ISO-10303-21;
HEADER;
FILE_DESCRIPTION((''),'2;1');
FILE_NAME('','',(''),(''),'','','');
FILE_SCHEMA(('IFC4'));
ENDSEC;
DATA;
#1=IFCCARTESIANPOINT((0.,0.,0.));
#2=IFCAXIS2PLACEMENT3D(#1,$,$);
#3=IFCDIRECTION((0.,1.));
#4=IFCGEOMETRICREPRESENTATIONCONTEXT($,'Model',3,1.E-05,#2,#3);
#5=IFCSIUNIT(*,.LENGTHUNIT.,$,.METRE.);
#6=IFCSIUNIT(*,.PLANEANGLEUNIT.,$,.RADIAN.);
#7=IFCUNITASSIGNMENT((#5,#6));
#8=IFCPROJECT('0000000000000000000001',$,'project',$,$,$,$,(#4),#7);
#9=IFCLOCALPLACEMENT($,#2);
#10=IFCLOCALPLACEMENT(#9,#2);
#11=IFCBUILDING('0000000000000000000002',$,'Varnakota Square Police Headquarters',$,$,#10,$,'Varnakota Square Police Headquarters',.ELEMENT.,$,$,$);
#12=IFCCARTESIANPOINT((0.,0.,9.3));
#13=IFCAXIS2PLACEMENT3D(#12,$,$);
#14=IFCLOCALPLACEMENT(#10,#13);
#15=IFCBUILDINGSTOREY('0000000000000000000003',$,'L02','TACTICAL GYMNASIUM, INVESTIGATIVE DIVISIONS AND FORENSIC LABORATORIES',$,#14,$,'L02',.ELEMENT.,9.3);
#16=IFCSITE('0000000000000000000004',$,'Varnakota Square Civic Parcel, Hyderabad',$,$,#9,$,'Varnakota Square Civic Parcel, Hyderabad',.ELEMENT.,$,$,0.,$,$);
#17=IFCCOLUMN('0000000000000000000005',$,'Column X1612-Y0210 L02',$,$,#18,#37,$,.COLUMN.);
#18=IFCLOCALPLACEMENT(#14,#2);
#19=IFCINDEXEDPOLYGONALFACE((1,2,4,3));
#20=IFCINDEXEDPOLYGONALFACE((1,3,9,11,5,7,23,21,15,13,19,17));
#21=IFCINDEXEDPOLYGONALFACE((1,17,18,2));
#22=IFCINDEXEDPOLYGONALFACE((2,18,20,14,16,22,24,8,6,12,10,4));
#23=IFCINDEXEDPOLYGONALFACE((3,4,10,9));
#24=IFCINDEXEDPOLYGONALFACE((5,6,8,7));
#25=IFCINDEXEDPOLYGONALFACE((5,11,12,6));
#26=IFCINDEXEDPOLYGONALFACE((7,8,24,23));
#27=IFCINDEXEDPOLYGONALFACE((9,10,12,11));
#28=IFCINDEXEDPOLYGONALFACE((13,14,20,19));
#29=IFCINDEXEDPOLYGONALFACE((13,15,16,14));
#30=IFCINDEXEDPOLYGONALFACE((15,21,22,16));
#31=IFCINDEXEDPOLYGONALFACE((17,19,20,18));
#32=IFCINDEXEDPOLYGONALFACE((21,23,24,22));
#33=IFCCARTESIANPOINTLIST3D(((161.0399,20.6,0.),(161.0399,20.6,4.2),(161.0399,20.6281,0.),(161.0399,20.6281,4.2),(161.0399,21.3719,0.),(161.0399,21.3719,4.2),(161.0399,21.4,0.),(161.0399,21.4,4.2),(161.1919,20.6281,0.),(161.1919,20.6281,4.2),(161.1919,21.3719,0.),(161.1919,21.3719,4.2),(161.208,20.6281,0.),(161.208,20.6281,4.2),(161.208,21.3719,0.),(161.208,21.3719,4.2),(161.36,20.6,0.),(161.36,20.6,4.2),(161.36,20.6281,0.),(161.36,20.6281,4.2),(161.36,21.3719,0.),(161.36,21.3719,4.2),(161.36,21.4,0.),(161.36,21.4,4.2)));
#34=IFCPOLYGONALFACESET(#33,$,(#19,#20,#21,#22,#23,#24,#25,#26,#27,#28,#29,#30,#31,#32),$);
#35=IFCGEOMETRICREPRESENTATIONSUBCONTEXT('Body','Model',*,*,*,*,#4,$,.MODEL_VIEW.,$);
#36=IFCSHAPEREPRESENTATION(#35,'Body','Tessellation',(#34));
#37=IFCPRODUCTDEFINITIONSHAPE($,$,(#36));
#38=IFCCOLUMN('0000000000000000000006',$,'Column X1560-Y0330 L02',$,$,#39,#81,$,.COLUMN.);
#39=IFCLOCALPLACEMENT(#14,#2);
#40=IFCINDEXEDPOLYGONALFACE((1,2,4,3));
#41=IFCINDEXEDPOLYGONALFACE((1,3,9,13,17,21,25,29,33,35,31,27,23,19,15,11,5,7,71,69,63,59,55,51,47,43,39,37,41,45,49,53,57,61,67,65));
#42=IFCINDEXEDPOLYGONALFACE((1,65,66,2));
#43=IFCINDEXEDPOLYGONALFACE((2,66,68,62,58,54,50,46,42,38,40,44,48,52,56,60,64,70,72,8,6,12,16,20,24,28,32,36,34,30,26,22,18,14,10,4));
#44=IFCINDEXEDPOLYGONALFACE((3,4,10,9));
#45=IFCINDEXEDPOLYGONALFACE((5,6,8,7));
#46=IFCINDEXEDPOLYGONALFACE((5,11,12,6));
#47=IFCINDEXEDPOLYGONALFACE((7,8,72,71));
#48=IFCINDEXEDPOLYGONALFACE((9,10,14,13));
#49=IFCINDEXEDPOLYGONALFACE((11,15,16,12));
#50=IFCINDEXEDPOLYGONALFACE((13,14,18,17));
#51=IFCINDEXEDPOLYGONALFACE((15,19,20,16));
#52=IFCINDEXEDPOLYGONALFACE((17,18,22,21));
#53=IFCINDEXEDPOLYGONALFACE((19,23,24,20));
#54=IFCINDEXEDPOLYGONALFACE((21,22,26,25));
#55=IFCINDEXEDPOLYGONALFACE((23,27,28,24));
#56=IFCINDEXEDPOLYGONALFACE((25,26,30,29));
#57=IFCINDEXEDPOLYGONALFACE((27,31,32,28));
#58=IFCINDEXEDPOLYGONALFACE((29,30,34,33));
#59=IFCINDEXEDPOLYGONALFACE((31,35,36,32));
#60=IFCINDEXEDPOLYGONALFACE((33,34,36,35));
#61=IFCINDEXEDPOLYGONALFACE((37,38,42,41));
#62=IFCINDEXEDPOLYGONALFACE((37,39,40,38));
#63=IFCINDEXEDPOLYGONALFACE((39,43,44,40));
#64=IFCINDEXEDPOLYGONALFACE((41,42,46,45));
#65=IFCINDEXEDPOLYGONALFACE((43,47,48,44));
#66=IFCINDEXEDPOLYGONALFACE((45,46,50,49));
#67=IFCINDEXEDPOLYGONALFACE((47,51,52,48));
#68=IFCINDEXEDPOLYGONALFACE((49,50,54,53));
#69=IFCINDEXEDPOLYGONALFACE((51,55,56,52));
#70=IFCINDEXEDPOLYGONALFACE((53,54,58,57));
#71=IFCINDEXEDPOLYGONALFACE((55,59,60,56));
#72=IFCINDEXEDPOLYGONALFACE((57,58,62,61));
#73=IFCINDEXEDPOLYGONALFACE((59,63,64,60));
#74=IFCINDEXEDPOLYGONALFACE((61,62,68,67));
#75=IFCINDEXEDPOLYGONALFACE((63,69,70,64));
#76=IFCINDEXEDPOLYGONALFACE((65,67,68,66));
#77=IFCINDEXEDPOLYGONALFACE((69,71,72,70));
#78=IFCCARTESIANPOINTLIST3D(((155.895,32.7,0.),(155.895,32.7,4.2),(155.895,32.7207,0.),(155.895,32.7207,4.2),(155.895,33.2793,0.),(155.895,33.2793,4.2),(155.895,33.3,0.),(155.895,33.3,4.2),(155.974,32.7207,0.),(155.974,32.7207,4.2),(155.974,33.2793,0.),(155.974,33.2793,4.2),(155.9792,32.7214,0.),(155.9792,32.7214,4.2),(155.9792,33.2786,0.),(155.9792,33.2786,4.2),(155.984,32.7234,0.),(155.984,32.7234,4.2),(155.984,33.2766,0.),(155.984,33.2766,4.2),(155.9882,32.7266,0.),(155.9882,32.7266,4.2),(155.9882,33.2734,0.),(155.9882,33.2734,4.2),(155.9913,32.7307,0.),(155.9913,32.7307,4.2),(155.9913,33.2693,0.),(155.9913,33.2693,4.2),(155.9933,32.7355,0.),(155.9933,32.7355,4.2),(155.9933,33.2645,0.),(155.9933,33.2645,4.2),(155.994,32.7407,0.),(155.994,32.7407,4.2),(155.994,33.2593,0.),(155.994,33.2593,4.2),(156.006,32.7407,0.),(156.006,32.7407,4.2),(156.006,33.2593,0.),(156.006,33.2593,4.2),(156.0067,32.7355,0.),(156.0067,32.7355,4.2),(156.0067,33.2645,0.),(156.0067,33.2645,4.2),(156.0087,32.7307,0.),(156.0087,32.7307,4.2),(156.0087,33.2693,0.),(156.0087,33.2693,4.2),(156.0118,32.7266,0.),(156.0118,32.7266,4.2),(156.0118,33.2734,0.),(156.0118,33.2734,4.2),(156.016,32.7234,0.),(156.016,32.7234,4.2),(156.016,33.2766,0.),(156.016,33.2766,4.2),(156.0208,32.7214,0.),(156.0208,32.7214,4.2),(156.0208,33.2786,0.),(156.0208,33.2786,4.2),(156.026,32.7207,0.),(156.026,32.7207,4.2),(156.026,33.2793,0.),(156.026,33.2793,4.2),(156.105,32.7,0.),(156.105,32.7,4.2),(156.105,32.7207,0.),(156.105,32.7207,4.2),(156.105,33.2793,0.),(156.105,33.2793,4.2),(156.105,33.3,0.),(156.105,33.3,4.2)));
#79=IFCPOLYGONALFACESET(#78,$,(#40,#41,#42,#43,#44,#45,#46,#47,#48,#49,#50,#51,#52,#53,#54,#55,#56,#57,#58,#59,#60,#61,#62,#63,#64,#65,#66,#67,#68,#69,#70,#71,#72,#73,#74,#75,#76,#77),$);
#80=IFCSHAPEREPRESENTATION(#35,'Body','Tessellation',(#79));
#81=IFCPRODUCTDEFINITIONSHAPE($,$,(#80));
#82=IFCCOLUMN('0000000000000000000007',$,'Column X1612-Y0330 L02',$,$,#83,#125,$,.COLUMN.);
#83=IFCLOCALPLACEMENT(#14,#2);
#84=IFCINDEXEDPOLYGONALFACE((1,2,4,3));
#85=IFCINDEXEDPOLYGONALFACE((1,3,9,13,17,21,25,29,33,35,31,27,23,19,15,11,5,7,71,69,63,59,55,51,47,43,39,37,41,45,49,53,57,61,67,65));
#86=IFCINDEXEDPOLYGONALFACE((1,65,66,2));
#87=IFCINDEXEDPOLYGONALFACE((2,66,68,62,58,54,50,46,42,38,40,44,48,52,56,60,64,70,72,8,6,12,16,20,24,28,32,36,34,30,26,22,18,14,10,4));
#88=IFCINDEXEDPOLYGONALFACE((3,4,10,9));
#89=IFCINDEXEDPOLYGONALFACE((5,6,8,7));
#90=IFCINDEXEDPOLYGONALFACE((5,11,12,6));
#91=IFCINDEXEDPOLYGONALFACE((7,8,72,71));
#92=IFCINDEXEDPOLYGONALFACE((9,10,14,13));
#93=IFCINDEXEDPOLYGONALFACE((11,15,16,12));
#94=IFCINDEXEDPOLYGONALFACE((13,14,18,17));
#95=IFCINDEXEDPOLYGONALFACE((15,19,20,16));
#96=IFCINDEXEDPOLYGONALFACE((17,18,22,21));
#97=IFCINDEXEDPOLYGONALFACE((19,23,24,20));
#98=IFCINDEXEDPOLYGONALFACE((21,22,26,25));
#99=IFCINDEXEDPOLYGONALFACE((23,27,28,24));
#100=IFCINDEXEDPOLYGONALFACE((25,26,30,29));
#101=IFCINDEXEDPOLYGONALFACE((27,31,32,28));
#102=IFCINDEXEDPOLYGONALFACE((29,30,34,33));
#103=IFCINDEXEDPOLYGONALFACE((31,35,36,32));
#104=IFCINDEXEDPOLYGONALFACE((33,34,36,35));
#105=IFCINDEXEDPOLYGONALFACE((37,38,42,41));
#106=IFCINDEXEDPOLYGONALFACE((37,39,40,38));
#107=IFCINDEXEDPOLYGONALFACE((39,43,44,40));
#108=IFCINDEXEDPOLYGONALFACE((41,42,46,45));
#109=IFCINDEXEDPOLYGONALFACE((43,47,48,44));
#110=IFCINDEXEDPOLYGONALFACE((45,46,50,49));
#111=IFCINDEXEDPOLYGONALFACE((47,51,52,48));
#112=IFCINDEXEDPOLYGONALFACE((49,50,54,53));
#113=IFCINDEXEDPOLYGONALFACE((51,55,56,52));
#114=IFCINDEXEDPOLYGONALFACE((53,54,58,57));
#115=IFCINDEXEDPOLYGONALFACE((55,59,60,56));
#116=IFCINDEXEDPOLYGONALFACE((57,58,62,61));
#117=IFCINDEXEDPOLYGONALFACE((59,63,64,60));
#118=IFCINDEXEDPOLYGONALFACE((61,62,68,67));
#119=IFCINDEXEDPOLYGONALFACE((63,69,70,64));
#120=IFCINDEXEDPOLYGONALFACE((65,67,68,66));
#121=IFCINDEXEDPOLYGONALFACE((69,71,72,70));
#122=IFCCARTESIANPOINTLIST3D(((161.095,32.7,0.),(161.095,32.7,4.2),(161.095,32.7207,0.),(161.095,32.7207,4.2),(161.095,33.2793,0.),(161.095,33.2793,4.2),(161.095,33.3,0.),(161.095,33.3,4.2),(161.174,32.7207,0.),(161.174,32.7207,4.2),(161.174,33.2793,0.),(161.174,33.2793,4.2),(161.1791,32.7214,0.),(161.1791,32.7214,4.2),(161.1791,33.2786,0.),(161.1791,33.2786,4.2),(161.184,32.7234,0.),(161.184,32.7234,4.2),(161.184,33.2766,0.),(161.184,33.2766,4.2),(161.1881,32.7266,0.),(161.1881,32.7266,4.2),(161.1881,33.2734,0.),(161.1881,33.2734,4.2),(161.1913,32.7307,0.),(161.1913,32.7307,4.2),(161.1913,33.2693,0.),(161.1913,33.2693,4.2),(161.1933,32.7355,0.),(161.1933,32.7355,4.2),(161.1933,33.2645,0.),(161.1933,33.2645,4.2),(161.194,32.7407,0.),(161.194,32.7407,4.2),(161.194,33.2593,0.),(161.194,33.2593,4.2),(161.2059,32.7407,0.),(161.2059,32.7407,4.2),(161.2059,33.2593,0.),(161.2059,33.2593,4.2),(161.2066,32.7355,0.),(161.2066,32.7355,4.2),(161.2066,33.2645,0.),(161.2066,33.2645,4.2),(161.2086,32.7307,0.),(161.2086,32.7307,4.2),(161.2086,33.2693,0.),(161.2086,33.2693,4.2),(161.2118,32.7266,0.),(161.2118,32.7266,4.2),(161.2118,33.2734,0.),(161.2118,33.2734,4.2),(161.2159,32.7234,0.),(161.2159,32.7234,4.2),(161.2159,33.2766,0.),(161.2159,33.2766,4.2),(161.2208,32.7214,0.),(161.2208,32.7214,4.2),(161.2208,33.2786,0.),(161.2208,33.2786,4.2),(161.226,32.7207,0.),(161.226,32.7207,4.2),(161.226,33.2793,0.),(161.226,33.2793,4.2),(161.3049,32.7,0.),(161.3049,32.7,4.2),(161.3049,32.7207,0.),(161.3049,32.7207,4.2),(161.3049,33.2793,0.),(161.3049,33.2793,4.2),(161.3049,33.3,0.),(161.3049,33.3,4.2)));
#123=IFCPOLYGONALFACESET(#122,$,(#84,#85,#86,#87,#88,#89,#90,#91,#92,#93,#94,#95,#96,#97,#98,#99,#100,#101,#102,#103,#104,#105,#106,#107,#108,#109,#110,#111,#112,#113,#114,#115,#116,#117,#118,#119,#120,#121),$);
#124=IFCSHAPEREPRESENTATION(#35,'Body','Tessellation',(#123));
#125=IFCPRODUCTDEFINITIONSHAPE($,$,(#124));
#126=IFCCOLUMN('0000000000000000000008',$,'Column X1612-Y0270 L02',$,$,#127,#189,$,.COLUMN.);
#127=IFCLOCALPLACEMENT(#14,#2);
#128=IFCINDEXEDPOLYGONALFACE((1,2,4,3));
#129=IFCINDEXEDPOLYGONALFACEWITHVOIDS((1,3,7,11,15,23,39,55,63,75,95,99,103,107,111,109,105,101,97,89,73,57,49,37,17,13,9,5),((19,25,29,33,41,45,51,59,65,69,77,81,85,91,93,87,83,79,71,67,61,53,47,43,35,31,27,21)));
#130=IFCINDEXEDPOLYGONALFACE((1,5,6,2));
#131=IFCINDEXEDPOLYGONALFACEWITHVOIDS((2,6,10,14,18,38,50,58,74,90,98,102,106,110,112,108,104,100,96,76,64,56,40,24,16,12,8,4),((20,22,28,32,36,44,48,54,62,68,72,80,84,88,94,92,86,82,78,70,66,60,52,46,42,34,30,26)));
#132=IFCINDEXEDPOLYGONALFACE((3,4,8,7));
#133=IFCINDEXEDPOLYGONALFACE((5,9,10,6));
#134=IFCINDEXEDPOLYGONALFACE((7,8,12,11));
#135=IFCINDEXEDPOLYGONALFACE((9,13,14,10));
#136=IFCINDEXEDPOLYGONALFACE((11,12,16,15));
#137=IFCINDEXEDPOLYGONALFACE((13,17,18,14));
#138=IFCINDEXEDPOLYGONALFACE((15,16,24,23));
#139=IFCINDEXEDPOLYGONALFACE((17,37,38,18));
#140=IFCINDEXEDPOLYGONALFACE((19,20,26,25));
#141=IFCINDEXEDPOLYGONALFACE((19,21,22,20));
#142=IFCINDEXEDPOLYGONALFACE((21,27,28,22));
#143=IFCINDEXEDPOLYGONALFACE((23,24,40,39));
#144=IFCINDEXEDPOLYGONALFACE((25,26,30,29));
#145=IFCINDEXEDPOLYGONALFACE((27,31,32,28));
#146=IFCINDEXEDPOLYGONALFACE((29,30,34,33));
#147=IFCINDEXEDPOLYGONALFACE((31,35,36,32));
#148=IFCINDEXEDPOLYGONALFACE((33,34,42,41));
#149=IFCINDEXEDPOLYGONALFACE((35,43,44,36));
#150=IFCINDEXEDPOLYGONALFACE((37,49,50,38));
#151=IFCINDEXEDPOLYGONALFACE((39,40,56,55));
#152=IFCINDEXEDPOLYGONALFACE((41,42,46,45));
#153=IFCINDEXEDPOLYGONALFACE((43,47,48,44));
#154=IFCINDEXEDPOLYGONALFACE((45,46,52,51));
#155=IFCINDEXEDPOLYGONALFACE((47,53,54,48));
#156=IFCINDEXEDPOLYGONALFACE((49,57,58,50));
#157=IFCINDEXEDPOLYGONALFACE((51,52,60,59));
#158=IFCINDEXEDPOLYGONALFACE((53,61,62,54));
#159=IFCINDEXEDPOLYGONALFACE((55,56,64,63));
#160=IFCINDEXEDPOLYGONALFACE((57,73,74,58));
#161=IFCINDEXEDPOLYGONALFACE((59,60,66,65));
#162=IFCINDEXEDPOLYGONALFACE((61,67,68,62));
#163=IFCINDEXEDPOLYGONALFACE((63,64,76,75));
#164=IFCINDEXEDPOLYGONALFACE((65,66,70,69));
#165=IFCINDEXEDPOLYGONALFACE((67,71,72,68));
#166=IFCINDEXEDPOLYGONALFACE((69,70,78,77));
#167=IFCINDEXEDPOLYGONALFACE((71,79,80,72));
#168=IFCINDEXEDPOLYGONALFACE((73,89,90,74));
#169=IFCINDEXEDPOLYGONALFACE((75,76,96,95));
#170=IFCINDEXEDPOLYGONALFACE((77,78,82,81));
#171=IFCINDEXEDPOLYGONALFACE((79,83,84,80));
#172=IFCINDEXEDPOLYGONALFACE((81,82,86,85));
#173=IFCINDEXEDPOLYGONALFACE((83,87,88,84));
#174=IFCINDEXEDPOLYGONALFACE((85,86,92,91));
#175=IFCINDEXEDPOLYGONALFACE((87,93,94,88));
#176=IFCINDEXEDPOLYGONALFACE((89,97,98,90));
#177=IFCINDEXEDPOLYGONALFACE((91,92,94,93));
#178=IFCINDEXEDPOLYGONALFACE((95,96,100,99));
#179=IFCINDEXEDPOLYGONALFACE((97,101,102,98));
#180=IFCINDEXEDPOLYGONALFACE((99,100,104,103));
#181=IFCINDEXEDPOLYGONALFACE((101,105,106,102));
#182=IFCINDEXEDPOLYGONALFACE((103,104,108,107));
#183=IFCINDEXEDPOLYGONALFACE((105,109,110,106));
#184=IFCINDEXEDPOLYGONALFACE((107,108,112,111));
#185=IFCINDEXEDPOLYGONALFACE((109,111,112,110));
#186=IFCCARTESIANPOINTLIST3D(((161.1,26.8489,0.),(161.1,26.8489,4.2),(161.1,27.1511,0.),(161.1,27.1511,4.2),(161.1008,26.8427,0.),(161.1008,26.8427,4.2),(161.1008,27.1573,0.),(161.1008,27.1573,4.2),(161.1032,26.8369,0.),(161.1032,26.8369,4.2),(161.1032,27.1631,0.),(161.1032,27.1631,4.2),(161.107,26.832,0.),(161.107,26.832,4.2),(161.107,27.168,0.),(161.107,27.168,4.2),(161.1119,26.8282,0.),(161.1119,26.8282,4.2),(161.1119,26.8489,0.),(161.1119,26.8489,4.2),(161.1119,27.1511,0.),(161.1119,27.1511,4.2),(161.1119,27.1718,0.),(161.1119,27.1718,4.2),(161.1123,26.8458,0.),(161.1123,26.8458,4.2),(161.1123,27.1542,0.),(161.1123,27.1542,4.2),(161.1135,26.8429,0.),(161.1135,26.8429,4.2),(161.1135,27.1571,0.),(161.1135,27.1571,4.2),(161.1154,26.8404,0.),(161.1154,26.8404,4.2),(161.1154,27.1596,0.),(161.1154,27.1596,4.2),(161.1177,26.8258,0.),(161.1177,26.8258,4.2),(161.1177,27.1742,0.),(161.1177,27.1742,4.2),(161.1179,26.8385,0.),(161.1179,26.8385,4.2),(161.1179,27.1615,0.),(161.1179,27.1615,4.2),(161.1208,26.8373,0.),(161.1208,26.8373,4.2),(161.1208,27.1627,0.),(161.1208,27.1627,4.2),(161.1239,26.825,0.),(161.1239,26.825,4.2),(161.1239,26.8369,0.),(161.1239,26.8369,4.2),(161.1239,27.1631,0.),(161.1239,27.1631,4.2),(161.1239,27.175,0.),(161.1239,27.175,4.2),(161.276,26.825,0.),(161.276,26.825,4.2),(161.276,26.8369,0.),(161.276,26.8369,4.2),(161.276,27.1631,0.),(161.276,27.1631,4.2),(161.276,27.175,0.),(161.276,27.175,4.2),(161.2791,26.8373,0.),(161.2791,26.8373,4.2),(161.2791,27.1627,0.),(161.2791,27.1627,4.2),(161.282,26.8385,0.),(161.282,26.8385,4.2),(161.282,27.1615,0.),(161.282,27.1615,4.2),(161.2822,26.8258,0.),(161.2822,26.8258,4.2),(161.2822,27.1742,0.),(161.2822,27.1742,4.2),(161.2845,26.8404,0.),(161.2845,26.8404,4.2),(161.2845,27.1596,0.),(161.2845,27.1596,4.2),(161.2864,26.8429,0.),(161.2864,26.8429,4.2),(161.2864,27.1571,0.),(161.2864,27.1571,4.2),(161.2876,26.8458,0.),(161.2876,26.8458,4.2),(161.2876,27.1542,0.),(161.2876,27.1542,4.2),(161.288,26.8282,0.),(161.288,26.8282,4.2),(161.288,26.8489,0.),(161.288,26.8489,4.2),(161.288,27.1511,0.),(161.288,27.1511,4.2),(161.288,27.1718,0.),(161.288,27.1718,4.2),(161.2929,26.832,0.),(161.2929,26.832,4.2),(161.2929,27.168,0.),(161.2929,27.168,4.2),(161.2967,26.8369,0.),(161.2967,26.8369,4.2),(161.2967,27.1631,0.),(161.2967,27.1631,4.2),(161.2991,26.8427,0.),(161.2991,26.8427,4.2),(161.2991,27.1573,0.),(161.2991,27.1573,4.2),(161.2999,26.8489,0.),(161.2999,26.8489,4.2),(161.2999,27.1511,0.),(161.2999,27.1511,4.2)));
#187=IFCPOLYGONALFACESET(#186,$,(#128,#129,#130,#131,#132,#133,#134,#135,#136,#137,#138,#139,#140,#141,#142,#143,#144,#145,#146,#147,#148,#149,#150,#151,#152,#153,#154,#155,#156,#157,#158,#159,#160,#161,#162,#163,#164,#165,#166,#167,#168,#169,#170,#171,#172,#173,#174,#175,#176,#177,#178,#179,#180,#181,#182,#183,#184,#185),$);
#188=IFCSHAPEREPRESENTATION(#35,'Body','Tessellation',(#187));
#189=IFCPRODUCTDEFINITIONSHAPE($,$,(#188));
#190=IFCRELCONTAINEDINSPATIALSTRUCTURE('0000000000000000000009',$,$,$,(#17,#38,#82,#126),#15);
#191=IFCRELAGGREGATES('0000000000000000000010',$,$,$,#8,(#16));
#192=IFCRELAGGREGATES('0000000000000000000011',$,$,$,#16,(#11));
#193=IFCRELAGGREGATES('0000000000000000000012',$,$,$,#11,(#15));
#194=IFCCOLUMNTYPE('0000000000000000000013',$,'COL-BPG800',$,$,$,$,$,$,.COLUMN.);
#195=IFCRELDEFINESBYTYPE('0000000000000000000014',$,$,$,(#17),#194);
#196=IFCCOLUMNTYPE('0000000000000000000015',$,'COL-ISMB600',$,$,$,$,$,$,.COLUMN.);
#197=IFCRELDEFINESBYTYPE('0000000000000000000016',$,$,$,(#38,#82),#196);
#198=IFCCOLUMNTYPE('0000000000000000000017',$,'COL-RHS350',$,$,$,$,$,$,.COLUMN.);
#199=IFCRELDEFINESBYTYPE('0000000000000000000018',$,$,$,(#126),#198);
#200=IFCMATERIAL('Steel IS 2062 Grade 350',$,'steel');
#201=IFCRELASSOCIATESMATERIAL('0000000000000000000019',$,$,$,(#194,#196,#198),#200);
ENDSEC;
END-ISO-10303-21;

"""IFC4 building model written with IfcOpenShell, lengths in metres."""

from ifc_helpers import new_model, si_unit, direction, frame, origin, origin_2d, place, context, subcontext, project, spatial, hollow_rectangle, i_section, extrude, material, material_profile, profile_set, type_object, element, save


model = new_model("IFC4")

# Units and contexts
model_context = context("Model", 3, precision=1e-05, world=origin(), true_north=direction((0.0, 1.0)))
body_context = subcontext(model_context, "Body", "Model", "MODEL_VIEW")
ifc_project = project(units=[si_unit("LENGTHUNIT", "METRE"), si_unit("PLANEANGLEUNIT", "RADIAN")], contexts=[model_context])

# Site, building, storey
site_placement = place(None, origin())
site = spatial("IfcSite", under=ifc_project, at=site_placement, Name="Varnakota Square Civic Parcel, Hyderabad", LongName="Varnakota Square Civic Parcel, Hyderabad", CompositionType="ELEMENT", RefElevation=0.0)
building_placement = place(site_placement, origin())
building = spatial("IfcBuilding", under=site, at=building_placement, Name="Varnakota Square Police Headquarters", LongName="Varnakota Square Police Headquarters", CompositionType="ELEMENT")
storey_placement = place(building_placement, frame((0.0, 0.0, 9.3)))
storey = spatial("IfcBuildingStorey", under=building, at=storey_placement, Name="L02", Description="TACTICAL GYMNASIUM, INVESTIGATIVE DIVISIONS AND FORENSIC LABORATORIES", LongName="L02", CompositionType="ELEMENT", Elevation=9.3)

# Columns
ifc_material_1 = material(Name="Steel IS 2062 Grade 350", Category="steel")
ifc_material_profile_1 = material_profile(ifc_material_1, i_section(OverallWidth=0.3201, OverallDepth=0.8, WebThickness=0.0161, FlangeThickness=0.0281, at=origin_2d()), Name="BPG 800x320")
ifc_profile_set_1 = profile_set([ifc_material_profile_1], Name="Steel IS 2062 Grade 350")
column_type_1 = type_object("IfcColumnType", Name="COL-BPG800", PredefinedType="COLUMN", material=ifc_profile_set_1)
column_1_placement = place(storey_placement, frame((161.2, 21.0, 0.0), z_axis=(0.0, 0.0, 1.0), x_axis=(1.0, 0.0, 0.0)))
element("IfcColumn", 1, at=column_1_placement, inside=storey, type_object=column_type_1, Name="Column X1612-Y0210 L02", PredefinedType="COLUMN", context=body_context, shape_type="SweptSolid", body=[
    extrude(i_section(OverallWidth=0.3201, OverallDepth=0.8, WebThickness=0.0161, FlangeThickness=0.0281, at=origin_2d()), origin(), (0.0, 0.0, 1.0), 4.2),
])
ifc_material_profile_2 = material_profile(ifc_material_1, i_section(OverallWidth=0.21, OverallDepth=0.6001, WebThickness=0.012, FlangeThickness=0.0208, FilletRadius=0.02, at=origin_2d()), Name="ISMB 600")
ifc_profile_set_2 = profile_set([ifc_material_profile_2], Name="Steel IS 2062 Grade 350")
column_type_2 = type_object("IfcColumnType", Name="COL-ISMB600", PredefinedType="COLUMN", material=ifc_profile_set_2)
for number, where, z_axis, x_axis, name in (
    (2, (156.0, 33.0, 0.0), (0.0, 0.0, 1.0), (1.0, 0.0, 0.0), "Column X1560-Y0330 L02"),
    (3, (161.2, 33.0, 0.0), (0.0, 0.0, 1.0), (1.0, 0.0, 0.0), "Column X1612-Y0330 L02"),
):
    element("IfcColumn", number, at=place(storey_placement, frame(where, z_axis=z_axis, x_axis=x_axis)), inside=storey, type_object=column_type_2, Name=name, PredefinedType="COLUMN", context=body_context, shape_type="SweptSolid", body=[
        extrude(i_section(OverallWidth=0.21, OverallDepth=0.6001, WebThickness=0.012, FlangeThickness=0.0208, FilletRadius=0.02, at=origin_2d()), origin(), (0.0, 0.0, 1.0), 4.2),
    ])
ifc_material_profile_3 = material_profile(ifc_material_1, hollow_rectangle(XDim=0.2, YDim=0.3501, WallThickness=0.012, InnerFilletRadius=0.012, OuterFilletRadius=0.0239, at=origin_2d()), Name="RHS 350x200x12")
ifc_profile_set_3 = profile_set([ifc_material_profile_3], Name="Steel IS 2062 Grade 350")
column_type_3 = type_object("IfcColumnType", Name="COL-RHS350", PredefinedType="COLUMN", material=ifc_profile_set_3)
column_2_placement = place(storey_placement, frame((161.2, 27.0, 0.0), z_axis=(0.0, 0.0, 1.0), x_axis=(1.0, 0.0, 0.0)))
element("IfcColumn", 4, at=column_2_placement, inside=storey, type_object=column_type_3, Name="Column X1612-Y0270 L02", PredefinedType="COLUMN", context=body_context, shape_type="SweptSolid", body=[
    extrude(hollow_rectangle(XDim=0.2, YDim=0.3501, WallThickness=0.012, InnerFilletRadius=0.012, OuterFilletRadius=0.0239, at=origin_2d()), origin(), (0.0, 0.0, 1.0), 4.2),
])

save(model, "model.ifc")
